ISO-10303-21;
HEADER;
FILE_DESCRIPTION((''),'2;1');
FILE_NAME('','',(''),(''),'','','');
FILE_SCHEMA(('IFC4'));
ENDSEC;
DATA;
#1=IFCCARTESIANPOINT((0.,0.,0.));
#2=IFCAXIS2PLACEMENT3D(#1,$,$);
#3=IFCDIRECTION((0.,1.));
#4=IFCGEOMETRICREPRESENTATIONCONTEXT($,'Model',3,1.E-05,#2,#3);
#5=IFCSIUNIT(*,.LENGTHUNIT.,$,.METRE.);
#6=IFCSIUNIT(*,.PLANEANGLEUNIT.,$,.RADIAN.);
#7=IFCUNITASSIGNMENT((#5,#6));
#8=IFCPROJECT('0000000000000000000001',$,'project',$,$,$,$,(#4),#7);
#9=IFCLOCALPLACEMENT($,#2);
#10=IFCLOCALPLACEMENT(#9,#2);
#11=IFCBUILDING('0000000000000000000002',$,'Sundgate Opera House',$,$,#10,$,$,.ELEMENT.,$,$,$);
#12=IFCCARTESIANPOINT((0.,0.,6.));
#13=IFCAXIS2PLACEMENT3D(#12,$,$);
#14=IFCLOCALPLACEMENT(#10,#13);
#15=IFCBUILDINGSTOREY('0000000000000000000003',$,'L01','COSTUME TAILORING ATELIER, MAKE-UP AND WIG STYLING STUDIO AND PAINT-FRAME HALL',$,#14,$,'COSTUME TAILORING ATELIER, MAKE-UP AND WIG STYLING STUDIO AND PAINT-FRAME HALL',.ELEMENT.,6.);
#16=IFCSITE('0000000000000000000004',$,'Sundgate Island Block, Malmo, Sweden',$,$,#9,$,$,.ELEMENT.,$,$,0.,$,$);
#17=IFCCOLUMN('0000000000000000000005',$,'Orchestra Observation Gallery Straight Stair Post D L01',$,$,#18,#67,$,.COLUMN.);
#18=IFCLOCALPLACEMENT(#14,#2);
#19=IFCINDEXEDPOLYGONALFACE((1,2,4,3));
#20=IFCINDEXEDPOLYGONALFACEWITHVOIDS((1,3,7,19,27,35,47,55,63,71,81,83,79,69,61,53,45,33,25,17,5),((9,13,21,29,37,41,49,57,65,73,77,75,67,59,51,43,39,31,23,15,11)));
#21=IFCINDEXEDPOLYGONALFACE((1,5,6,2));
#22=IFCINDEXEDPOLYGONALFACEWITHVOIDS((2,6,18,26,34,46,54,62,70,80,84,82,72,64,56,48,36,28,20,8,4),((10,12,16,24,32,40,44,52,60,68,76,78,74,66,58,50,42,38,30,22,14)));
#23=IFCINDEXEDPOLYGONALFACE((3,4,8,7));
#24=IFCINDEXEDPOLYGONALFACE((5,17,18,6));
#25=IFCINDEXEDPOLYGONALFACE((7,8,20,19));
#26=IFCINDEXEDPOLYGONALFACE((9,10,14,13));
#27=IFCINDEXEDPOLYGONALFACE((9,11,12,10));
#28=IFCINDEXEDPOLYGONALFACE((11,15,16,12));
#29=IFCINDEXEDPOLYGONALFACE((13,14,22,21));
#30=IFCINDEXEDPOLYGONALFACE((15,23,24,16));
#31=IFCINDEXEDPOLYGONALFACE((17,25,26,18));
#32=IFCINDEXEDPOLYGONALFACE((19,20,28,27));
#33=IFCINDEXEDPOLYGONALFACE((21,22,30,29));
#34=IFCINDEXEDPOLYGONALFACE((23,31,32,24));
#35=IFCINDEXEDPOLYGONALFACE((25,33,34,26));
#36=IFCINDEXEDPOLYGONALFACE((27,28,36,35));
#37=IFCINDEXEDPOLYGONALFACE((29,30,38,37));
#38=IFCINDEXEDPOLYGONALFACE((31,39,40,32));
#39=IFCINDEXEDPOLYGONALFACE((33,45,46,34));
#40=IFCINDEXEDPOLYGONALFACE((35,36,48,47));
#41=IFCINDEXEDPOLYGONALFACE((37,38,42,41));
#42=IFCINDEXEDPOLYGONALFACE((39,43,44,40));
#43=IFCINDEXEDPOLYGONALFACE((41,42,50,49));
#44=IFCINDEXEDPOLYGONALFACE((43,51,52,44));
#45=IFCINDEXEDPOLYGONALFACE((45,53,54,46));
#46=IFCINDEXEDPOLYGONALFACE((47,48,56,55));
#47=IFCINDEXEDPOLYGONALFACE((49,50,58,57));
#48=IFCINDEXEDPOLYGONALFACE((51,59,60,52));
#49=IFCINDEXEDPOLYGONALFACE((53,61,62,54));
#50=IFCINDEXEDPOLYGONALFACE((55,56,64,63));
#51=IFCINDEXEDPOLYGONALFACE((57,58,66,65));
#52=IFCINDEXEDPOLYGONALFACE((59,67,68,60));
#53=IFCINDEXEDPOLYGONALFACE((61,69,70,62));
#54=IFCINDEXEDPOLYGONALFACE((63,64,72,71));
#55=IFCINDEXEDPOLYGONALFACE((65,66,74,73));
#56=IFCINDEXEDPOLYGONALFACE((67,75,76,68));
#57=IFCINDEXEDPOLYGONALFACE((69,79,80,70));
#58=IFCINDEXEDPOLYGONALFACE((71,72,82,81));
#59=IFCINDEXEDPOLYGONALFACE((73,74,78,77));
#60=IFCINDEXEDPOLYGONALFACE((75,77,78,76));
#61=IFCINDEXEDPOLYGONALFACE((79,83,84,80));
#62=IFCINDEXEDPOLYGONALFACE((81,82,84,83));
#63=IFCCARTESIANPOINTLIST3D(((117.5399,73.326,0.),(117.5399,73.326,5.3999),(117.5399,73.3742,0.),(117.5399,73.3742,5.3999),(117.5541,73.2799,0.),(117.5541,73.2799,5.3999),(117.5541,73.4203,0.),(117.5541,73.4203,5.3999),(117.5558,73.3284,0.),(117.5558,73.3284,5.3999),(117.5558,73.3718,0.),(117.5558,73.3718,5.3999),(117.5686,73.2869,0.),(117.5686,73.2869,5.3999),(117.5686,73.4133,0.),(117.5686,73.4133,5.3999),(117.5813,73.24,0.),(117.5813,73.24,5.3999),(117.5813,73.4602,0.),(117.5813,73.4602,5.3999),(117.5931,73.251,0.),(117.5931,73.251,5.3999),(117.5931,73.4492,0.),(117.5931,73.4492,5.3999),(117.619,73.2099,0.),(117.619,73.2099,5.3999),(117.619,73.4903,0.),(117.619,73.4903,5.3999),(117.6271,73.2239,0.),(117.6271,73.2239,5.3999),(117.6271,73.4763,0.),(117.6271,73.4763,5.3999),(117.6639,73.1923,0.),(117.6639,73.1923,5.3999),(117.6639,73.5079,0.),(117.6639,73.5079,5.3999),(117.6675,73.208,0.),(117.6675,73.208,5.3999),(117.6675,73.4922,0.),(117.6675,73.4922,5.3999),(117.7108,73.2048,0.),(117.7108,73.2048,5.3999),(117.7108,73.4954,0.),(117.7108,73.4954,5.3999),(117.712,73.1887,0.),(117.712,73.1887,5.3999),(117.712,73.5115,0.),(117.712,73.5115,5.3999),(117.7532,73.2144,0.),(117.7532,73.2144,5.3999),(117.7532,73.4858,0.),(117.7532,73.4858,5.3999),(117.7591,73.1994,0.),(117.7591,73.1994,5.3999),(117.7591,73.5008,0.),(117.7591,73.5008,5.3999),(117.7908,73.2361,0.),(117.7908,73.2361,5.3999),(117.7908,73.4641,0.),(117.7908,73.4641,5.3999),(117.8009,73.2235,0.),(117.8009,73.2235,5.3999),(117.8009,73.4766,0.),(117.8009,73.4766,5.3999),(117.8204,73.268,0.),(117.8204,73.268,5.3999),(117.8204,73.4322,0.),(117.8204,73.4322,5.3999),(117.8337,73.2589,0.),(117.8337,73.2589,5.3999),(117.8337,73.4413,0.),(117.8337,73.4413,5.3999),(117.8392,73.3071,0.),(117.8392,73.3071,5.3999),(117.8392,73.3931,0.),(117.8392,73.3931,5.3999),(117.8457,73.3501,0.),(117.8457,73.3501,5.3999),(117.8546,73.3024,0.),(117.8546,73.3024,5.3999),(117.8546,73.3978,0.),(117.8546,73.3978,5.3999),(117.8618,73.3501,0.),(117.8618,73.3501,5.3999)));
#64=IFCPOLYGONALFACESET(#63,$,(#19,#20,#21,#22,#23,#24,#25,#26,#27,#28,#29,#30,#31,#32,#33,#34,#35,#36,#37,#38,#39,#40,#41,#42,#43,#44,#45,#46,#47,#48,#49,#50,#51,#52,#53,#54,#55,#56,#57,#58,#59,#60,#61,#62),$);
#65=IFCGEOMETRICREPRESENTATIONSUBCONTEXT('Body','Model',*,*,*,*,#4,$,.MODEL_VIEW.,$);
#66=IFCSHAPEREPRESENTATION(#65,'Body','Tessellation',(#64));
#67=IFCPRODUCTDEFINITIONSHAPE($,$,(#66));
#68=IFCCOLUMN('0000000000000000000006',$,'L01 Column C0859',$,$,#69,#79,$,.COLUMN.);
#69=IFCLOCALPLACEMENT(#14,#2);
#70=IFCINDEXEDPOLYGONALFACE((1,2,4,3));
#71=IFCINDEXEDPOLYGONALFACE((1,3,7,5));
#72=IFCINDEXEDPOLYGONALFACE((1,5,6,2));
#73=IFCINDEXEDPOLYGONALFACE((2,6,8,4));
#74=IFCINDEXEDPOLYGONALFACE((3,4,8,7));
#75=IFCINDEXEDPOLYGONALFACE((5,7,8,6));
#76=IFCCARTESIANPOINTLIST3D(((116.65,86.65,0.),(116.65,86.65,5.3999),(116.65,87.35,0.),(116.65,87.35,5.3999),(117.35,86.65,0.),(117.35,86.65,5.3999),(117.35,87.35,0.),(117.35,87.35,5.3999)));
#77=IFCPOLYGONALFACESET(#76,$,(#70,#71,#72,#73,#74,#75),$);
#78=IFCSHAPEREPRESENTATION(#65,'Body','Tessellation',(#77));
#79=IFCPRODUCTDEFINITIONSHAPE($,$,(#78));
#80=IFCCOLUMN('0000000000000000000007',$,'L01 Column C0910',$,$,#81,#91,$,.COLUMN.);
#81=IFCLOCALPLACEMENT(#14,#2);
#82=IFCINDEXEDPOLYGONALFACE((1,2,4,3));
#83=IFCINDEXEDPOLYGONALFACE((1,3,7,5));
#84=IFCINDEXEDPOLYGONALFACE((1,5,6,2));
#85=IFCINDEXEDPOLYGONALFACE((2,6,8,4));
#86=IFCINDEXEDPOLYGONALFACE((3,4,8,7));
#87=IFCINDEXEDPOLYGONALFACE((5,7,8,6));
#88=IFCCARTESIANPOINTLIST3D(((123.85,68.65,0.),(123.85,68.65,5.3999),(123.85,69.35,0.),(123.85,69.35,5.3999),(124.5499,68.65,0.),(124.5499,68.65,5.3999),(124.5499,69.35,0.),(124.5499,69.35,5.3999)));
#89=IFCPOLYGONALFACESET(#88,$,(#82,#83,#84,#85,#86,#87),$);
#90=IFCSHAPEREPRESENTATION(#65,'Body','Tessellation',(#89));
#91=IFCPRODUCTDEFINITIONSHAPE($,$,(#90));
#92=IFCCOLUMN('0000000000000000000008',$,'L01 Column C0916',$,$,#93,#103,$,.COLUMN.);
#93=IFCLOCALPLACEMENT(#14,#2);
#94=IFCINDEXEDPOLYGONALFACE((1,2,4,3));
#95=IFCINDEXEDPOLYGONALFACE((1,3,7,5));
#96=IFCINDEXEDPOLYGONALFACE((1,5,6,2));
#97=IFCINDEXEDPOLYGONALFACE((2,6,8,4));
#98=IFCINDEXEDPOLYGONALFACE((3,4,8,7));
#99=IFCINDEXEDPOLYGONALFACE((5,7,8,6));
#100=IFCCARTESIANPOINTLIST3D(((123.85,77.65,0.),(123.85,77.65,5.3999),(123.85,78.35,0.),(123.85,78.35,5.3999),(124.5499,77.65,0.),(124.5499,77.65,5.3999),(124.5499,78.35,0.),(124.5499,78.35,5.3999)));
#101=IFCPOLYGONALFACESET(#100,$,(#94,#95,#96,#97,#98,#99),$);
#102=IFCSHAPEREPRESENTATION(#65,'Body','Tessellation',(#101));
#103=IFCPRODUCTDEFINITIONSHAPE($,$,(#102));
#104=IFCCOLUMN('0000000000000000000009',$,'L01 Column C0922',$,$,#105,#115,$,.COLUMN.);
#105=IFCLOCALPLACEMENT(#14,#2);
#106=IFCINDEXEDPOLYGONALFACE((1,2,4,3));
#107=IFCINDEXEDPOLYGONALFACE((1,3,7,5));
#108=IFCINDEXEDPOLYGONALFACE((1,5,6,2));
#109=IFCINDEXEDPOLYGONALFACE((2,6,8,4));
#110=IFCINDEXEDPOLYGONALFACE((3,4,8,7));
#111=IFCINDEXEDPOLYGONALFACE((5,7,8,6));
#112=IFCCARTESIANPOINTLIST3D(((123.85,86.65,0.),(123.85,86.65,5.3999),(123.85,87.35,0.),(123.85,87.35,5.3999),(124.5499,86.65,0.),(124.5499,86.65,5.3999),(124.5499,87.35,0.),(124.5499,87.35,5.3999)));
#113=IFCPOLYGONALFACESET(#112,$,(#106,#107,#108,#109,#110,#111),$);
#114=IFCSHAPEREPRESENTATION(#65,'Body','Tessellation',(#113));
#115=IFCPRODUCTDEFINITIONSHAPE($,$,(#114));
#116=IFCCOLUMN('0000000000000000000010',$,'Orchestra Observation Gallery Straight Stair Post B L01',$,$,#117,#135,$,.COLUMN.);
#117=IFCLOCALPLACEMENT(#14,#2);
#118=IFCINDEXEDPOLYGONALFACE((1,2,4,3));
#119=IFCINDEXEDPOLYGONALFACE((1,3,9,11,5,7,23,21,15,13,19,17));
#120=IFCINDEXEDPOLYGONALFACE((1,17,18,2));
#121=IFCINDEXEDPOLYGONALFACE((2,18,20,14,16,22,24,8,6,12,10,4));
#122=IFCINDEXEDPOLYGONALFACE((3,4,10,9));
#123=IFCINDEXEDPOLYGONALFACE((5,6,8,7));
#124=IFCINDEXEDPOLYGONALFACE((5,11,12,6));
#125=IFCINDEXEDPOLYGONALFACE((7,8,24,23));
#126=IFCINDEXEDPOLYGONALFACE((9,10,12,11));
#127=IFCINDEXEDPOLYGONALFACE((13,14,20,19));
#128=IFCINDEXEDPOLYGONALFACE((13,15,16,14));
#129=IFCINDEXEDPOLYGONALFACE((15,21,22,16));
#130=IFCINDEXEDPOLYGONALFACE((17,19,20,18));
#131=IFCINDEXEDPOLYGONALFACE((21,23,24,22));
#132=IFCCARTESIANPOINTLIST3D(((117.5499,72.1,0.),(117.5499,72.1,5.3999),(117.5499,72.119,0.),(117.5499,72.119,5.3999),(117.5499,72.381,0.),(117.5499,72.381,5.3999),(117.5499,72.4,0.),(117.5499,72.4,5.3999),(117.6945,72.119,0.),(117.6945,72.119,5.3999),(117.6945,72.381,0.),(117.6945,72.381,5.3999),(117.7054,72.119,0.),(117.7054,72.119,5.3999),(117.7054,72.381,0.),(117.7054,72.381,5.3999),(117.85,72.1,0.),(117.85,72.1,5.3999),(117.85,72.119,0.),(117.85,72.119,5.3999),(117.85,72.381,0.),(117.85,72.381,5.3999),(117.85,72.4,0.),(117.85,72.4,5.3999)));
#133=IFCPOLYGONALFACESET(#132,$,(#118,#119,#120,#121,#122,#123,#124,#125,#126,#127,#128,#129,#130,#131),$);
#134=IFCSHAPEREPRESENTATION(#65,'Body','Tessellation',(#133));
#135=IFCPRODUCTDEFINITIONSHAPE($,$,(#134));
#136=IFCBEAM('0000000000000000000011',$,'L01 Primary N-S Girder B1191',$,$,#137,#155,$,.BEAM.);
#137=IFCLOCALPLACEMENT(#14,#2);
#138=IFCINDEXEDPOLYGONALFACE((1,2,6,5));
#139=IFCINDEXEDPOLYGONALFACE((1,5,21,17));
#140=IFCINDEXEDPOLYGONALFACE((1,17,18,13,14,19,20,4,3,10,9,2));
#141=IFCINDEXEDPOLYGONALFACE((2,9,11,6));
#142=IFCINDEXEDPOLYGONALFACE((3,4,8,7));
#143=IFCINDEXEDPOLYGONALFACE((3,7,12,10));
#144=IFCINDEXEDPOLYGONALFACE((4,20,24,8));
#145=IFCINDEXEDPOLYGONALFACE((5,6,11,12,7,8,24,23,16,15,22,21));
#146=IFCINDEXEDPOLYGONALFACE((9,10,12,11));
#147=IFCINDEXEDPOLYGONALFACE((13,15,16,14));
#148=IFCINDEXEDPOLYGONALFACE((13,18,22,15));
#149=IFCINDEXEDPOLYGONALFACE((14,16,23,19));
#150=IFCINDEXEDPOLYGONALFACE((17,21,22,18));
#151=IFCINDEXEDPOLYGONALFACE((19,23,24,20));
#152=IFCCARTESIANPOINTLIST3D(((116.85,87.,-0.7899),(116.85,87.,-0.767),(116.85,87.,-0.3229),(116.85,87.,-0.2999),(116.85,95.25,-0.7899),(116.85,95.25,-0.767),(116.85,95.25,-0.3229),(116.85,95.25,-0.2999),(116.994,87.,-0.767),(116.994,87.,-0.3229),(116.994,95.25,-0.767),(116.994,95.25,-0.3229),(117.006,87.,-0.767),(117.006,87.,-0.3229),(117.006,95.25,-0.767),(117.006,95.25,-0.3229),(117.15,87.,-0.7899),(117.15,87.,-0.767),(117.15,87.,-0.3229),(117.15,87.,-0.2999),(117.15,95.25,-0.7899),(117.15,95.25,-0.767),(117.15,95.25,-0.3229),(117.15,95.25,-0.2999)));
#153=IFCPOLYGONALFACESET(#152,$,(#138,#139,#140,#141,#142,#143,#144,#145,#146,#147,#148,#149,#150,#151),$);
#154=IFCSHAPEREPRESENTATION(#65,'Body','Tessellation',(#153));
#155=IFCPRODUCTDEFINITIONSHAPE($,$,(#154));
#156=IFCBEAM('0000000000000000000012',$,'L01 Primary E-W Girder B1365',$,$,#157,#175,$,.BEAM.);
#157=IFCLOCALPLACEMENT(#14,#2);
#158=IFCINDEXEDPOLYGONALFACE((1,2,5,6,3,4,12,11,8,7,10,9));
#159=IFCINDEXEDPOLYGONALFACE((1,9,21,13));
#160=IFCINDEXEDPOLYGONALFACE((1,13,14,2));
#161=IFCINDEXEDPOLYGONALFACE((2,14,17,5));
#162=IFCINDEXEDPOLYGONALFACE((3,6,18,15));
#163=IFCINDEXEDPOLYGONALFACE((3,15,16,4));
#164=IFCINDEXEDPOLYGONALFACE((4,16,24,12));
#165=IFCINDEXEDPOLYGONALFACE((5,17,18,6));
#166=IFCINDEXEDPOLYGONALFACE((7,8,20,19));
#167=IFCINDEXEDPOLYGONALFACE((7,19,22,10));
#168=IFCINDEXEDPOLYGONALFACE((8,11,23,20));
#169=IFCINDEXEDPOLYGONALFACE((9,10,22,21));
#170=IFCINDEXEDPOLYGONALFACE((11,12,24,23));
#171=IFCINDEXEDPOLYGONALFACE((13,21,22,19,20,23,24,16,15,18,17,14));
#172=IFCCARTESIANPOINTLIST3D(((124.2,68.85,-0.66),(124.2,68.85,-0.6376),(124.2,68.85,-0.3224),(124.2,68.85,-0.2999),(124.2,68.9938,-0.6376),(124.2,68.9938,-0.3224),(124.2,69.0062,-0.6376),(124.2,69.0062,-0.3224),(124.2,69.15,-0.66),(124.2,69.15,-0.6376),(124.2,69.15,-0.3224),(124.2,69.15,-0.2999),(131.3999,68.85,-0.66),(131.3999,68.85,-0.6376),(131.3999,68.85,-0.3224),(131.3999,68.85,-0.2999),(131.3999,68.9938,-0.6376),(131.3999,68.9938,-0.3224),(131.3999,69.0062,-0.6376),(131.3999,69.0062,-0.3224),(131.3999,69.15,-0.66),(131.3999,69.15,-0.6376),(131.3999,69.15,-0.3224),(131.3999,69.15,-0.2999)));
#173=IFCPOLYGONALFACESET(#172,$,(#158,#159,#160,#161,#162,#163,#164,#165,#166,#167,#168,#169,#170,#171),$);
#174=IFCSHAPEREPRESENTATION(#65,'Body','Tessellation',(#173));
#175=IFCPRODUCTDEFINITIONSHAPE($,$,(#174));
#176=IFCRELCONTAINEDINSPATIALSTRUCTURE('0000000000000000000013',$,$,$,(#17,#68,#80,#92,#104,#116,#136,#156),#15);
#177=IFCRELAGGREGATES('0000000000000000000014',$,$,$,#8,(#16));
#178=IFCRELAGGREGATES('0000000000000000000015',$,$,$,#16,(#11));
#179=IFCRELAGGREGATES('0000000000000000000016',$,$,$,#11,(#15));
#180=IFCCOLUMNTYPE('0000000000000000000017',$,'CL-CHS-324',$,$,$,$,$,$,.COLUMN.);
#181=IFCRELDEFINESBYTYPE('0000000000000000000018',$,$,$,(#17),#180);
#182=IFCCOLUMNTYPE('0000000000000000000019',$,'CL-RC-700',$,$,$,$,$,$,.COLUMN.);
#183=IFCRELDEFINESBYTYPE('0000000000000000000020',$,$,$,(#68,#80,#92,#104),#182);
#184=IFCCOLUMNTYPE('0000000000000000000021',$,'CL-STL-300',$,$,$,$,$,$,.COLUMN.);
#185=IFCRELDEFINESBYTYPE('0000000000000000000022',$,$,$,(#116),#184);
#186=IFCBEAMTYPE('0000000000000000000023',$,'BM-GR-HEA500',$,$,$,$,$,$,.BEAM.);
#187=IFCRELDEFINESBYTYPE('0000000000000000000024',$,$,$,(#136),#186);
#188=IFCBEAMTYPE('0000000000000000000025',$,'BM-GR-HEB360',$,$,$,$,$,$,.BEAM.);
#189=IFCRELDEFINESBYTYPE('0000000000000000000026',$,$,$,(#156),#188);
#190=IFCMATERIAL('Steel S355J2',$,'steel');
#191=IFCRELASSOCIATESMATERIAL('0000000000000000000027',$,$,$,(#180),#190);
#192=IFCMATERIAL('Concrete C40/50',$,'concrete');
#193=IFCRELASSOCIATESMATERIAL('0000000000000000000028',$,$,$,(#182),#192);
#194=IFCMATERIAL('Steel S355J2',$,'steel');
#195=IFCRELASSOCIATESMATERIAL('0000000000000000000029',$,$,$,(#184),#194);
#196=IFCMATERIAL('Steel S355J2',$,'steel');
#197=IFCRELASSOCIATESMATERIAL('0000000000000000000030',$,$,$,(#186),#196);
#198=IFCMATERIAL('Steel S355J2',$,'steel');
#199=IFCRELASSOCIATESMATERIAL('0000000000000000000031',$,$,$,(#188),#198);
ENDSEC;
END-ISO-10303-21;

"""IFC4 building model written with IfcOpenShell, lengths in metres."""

from ifc_helpers import new_model, si_unit, direction, frame, origin, origin_2d, place, context, subcontext, project, spatial, rectangle, hollow_circle, i_section, extrude, material, material_profile, profile_set, type_object, element, save


model = new_model("IFC4")

# Units and contexts
model_context = context("Model", 3, precision=1e-05, world=origin(), true_north=direction((0.0, 1.0)))
body_context = subcontext(model_context, "Body", "Model", "MODEL_VIEW")
ifc_project = project(units=[si_unit("LENGTHUNIT", "METRE"), si_unit("PLANEANGLEUNIT", "RADIAN")], contexts=[model_context])

# Site, building, storey
site_placement = place(None, origin())
site = spatial("IfcSite", under=ifc_project, at=site_placement, Name="Sundgate Island Block, Malmo, Sweden", CompositionType="ELEMENT", RefElevation=0.0)
building_placement = place(site_placement, origin())
building = spatial("IfcBuilding", under=site, at=building_placement, Name="Sundgate Opera House", CompositionType="ELEMENT")
storey_placement = place(building_placement, frame((0.0, 0.0, 6.0)))
storey = spatial("IfcBuildingStorey", under=building, at=storey_placement, Name="L01", Description="COSTUME TAILORING ATELIER, MAKE-UP AND WIG STYLING STUDIO AND PAINT-FRAME HALL", LongName="COSTUME TAILORING ATELIER, MAKE-UP AND WIG STYLING STUDIO AND PAINT-FRAME HALL", CompositionType="ELEMENT", Elevation=6.0)

# Columns
ifc_material_1 = material(Name="Steel S355J2", Category="steel")
ifc_material_profile_1 = material_profile(ifc_material_1, hollow_circle(Radius=0.1619, WallThickness=0.0161, at=origin_2d()), Name="CHS 323.9x16.0")
ifc_profile_set_1 = profile_set([ifc_material_profile_1], Name="Steel S355J2")
column_type_1 = type_object("IfcColumnType", Name="CL-CHS-324", PredefinedType="COLUMN", material=ifc_profile_set_1)
column_1_placement = place(storey_placement, frame((117.7, 73.3501, 0.0), z_axis=(0.0, 0.0, 1.0), x_axis=(1.0, 0.0, 0.0)))
element("IfcColumn", 1, at=column_1_placement, inside=storey, type_object=column_type_1, Name="Orchestra Observation Gallery Straight Stair Post D L01", PredefinedType="COLUMN", context=body_context, shape_type="SweptSolid", body=[
    extrude(hollow_circle(Radius=0.1619, WallThickness=0.0161, at=origin_2d()), origin(), (0.0, 0.0, 1.0), 5.3999),
])
ifc_material_2 = material(Name="Concrete C40/50", Category="concrete")
ifc_material_profile_2 = material_profile(ifc_material_2, rectangle(XDim=0.7, YDim=0.7, at=origin_2d()), Name="RC 700x700")
ifc_profile_set_2 = profile_set([ifc_material_profile_2], Name="Concrete C40/50")
column_type_2 = type_object("IfcColumnType", Name="CL-RC-700", PredefinedType="COLUMN", material=ifc_profile_set_2)
for number, where, z_axis, x_axis, name in (
    (2, (117.0, 87.0, 0.0), (0.0, 0.0, 1.0), (1.0, 0.0, 0.0), "L01 Column C0859"),
    (3, (124.2, 69.0, 0.0), (0.0, 0.0, 1.0), (1.0, 0.0, 0.0), "L01 Column C0910"),
    (4, (124.2, 78.0, 0.0), (0.0, 0.0, 1.0), (1.0, 0.0, 0.0), "L01 Column C0916"),
    (5, (124.2, 87.0, 0.0), (0.0, 0.0, 1.0), (1.0, 0.0, 0.0), "L01 Column C0922"),
):
    element("IfcColumn", number, at=place(storey_placement, frame(where, z_axis=z_axis, x_axis=x_axis)), inside=storey, type_object=column_type_2, Name=name, PredefinedType="COLUMN", context=body_context, shape_type="SweptSolid", body=[
        extrude(rectangle(XDim=0.7, YDim=0.7, at=origin_2d()), origin(), (0.0, 0.0, 1.0), 5.3999),
    ])
ifc_material_3 = material(Name="Steel S355J2", Category="steel")
ifc_material_profile_3 = material_profile(ifc_material_3, i_section(OverallWidth=0.3, OverallDepth=0.3, WebThickness=0.011, FlangeThickness=0.019, at=origin_2d()), Name="HEB 300")
ifc_profile_set_3 = profile_set([ifc_material_profile_3], Name="Steel S355J2")
column_type_3 = type_object("IfcColumnType", Name="CL-STL-300", PredefinedType="COLUMN", material=ifc_profile_set_3)
column_2_placement = place(storey_placement, frame((117.7, 72.25, 0.0), z_axis=(0.0, 0.0, 1.0), x_axis=(1.0, 0.0, 0.0)))
element("IfcColumn", 6, at=column_2_placement, inside=storey, type_object=column_type_3, Name="Orchestra Observation Gallery Straight Stair Post B L01", PredefinedType="COLUMN", context=body_context, shape_type="SweptSolid", body=[
    extrude(i_section(OverallWidth=0.3, OverallDepth=0.3, WebThickness=0.011, FlangeThickness=0.019, at=origin_2d()), origin(), (0.0, 0.0, 1.0), 5.3999),
])

# Beams
ifc_material_4 = material(Name="Steel S355J2", Category="steel")
ifc_material_profile_4 = material_profile(ifc_material_4, i_section(OverallWidth=0.3, OverallDepth=0.49, WebThickness=0.012, FlangeThickness=0.0229, at=origin_2d()), Name="HEA 500")
ifc_profile_set_4 = profile_set([ifc_material_profile_4], Name="Steel S355J2")
beam_type_1 = type_object("IfcBeamType", Name="BM-GR-HEA500", PredefinedType="BEAM", material=ifc_profile_set_4)
beam_1_placement = place(storey_placement, frame((117.0, 87.0, -0.5449), z_axis=(0.0, 1.0, 0.0), x_axis=(-1.0, 0.0, 0.0)))
element("IfcBeam", 7, at=beam_1_placement, inside=storey, type_object=beam_type_1, Name="L01 Primary N-S Girder B1191", PredefinedType="BEAM", context=body_context, shape_type="SweptSolid", body=[
    extrude(i_section(OverallWidth=0.3, OverallDepth=0.49, WebThickness=0.012, FlangeThickness=0.0229, at=origin_2d()), origin(), (0.0, 0.0, 1.0), 8.25),
])
ifc_material_5 = material(Name="Steel S355J2", Category="steel")
ifc_material_profile_5 = material_profile(ifc_material_5, i_section(OverallWidth=0.3, OverallDepth=0.3601, WebThickness=0.0125, FlangeThickness=0.0225, at=origin_2d()), Name="HEB 360")
ifc_profile_set_5 = profile_set([ifc_material_profile_5], Name="Steel S355J2")
beam_type_2 = type_object("IfcBeamType", Name="BM-GR-HEB360", PredefinedType="BEAM", material=ifc_profile_set_5)
beam_2_placement = place(storey_placement, frame((124.2, 69.0, -0.48), z_axis=(1.0, 0.0, 0.0), x_axis=(0.0, 1.0, 0.0)))
element("IfcBeam", 8, at=beam_2_placement, inside=storey, type_object=beam_type_2, Name="L01 Primary E-W Girder B1365", PredefinedType="BEAM", context=body_context, shape_type="SweptSolid", body=[
    extrude(i_section(OverallWidth=0.3, OverallDepth=0.3601, WebThickness=0.0125, FlangeThickness=0.0225, at=origin_2d()), origin(), (0.0, 0.0, 1.0), 7.2),
])

save(model, "model.ifc")
